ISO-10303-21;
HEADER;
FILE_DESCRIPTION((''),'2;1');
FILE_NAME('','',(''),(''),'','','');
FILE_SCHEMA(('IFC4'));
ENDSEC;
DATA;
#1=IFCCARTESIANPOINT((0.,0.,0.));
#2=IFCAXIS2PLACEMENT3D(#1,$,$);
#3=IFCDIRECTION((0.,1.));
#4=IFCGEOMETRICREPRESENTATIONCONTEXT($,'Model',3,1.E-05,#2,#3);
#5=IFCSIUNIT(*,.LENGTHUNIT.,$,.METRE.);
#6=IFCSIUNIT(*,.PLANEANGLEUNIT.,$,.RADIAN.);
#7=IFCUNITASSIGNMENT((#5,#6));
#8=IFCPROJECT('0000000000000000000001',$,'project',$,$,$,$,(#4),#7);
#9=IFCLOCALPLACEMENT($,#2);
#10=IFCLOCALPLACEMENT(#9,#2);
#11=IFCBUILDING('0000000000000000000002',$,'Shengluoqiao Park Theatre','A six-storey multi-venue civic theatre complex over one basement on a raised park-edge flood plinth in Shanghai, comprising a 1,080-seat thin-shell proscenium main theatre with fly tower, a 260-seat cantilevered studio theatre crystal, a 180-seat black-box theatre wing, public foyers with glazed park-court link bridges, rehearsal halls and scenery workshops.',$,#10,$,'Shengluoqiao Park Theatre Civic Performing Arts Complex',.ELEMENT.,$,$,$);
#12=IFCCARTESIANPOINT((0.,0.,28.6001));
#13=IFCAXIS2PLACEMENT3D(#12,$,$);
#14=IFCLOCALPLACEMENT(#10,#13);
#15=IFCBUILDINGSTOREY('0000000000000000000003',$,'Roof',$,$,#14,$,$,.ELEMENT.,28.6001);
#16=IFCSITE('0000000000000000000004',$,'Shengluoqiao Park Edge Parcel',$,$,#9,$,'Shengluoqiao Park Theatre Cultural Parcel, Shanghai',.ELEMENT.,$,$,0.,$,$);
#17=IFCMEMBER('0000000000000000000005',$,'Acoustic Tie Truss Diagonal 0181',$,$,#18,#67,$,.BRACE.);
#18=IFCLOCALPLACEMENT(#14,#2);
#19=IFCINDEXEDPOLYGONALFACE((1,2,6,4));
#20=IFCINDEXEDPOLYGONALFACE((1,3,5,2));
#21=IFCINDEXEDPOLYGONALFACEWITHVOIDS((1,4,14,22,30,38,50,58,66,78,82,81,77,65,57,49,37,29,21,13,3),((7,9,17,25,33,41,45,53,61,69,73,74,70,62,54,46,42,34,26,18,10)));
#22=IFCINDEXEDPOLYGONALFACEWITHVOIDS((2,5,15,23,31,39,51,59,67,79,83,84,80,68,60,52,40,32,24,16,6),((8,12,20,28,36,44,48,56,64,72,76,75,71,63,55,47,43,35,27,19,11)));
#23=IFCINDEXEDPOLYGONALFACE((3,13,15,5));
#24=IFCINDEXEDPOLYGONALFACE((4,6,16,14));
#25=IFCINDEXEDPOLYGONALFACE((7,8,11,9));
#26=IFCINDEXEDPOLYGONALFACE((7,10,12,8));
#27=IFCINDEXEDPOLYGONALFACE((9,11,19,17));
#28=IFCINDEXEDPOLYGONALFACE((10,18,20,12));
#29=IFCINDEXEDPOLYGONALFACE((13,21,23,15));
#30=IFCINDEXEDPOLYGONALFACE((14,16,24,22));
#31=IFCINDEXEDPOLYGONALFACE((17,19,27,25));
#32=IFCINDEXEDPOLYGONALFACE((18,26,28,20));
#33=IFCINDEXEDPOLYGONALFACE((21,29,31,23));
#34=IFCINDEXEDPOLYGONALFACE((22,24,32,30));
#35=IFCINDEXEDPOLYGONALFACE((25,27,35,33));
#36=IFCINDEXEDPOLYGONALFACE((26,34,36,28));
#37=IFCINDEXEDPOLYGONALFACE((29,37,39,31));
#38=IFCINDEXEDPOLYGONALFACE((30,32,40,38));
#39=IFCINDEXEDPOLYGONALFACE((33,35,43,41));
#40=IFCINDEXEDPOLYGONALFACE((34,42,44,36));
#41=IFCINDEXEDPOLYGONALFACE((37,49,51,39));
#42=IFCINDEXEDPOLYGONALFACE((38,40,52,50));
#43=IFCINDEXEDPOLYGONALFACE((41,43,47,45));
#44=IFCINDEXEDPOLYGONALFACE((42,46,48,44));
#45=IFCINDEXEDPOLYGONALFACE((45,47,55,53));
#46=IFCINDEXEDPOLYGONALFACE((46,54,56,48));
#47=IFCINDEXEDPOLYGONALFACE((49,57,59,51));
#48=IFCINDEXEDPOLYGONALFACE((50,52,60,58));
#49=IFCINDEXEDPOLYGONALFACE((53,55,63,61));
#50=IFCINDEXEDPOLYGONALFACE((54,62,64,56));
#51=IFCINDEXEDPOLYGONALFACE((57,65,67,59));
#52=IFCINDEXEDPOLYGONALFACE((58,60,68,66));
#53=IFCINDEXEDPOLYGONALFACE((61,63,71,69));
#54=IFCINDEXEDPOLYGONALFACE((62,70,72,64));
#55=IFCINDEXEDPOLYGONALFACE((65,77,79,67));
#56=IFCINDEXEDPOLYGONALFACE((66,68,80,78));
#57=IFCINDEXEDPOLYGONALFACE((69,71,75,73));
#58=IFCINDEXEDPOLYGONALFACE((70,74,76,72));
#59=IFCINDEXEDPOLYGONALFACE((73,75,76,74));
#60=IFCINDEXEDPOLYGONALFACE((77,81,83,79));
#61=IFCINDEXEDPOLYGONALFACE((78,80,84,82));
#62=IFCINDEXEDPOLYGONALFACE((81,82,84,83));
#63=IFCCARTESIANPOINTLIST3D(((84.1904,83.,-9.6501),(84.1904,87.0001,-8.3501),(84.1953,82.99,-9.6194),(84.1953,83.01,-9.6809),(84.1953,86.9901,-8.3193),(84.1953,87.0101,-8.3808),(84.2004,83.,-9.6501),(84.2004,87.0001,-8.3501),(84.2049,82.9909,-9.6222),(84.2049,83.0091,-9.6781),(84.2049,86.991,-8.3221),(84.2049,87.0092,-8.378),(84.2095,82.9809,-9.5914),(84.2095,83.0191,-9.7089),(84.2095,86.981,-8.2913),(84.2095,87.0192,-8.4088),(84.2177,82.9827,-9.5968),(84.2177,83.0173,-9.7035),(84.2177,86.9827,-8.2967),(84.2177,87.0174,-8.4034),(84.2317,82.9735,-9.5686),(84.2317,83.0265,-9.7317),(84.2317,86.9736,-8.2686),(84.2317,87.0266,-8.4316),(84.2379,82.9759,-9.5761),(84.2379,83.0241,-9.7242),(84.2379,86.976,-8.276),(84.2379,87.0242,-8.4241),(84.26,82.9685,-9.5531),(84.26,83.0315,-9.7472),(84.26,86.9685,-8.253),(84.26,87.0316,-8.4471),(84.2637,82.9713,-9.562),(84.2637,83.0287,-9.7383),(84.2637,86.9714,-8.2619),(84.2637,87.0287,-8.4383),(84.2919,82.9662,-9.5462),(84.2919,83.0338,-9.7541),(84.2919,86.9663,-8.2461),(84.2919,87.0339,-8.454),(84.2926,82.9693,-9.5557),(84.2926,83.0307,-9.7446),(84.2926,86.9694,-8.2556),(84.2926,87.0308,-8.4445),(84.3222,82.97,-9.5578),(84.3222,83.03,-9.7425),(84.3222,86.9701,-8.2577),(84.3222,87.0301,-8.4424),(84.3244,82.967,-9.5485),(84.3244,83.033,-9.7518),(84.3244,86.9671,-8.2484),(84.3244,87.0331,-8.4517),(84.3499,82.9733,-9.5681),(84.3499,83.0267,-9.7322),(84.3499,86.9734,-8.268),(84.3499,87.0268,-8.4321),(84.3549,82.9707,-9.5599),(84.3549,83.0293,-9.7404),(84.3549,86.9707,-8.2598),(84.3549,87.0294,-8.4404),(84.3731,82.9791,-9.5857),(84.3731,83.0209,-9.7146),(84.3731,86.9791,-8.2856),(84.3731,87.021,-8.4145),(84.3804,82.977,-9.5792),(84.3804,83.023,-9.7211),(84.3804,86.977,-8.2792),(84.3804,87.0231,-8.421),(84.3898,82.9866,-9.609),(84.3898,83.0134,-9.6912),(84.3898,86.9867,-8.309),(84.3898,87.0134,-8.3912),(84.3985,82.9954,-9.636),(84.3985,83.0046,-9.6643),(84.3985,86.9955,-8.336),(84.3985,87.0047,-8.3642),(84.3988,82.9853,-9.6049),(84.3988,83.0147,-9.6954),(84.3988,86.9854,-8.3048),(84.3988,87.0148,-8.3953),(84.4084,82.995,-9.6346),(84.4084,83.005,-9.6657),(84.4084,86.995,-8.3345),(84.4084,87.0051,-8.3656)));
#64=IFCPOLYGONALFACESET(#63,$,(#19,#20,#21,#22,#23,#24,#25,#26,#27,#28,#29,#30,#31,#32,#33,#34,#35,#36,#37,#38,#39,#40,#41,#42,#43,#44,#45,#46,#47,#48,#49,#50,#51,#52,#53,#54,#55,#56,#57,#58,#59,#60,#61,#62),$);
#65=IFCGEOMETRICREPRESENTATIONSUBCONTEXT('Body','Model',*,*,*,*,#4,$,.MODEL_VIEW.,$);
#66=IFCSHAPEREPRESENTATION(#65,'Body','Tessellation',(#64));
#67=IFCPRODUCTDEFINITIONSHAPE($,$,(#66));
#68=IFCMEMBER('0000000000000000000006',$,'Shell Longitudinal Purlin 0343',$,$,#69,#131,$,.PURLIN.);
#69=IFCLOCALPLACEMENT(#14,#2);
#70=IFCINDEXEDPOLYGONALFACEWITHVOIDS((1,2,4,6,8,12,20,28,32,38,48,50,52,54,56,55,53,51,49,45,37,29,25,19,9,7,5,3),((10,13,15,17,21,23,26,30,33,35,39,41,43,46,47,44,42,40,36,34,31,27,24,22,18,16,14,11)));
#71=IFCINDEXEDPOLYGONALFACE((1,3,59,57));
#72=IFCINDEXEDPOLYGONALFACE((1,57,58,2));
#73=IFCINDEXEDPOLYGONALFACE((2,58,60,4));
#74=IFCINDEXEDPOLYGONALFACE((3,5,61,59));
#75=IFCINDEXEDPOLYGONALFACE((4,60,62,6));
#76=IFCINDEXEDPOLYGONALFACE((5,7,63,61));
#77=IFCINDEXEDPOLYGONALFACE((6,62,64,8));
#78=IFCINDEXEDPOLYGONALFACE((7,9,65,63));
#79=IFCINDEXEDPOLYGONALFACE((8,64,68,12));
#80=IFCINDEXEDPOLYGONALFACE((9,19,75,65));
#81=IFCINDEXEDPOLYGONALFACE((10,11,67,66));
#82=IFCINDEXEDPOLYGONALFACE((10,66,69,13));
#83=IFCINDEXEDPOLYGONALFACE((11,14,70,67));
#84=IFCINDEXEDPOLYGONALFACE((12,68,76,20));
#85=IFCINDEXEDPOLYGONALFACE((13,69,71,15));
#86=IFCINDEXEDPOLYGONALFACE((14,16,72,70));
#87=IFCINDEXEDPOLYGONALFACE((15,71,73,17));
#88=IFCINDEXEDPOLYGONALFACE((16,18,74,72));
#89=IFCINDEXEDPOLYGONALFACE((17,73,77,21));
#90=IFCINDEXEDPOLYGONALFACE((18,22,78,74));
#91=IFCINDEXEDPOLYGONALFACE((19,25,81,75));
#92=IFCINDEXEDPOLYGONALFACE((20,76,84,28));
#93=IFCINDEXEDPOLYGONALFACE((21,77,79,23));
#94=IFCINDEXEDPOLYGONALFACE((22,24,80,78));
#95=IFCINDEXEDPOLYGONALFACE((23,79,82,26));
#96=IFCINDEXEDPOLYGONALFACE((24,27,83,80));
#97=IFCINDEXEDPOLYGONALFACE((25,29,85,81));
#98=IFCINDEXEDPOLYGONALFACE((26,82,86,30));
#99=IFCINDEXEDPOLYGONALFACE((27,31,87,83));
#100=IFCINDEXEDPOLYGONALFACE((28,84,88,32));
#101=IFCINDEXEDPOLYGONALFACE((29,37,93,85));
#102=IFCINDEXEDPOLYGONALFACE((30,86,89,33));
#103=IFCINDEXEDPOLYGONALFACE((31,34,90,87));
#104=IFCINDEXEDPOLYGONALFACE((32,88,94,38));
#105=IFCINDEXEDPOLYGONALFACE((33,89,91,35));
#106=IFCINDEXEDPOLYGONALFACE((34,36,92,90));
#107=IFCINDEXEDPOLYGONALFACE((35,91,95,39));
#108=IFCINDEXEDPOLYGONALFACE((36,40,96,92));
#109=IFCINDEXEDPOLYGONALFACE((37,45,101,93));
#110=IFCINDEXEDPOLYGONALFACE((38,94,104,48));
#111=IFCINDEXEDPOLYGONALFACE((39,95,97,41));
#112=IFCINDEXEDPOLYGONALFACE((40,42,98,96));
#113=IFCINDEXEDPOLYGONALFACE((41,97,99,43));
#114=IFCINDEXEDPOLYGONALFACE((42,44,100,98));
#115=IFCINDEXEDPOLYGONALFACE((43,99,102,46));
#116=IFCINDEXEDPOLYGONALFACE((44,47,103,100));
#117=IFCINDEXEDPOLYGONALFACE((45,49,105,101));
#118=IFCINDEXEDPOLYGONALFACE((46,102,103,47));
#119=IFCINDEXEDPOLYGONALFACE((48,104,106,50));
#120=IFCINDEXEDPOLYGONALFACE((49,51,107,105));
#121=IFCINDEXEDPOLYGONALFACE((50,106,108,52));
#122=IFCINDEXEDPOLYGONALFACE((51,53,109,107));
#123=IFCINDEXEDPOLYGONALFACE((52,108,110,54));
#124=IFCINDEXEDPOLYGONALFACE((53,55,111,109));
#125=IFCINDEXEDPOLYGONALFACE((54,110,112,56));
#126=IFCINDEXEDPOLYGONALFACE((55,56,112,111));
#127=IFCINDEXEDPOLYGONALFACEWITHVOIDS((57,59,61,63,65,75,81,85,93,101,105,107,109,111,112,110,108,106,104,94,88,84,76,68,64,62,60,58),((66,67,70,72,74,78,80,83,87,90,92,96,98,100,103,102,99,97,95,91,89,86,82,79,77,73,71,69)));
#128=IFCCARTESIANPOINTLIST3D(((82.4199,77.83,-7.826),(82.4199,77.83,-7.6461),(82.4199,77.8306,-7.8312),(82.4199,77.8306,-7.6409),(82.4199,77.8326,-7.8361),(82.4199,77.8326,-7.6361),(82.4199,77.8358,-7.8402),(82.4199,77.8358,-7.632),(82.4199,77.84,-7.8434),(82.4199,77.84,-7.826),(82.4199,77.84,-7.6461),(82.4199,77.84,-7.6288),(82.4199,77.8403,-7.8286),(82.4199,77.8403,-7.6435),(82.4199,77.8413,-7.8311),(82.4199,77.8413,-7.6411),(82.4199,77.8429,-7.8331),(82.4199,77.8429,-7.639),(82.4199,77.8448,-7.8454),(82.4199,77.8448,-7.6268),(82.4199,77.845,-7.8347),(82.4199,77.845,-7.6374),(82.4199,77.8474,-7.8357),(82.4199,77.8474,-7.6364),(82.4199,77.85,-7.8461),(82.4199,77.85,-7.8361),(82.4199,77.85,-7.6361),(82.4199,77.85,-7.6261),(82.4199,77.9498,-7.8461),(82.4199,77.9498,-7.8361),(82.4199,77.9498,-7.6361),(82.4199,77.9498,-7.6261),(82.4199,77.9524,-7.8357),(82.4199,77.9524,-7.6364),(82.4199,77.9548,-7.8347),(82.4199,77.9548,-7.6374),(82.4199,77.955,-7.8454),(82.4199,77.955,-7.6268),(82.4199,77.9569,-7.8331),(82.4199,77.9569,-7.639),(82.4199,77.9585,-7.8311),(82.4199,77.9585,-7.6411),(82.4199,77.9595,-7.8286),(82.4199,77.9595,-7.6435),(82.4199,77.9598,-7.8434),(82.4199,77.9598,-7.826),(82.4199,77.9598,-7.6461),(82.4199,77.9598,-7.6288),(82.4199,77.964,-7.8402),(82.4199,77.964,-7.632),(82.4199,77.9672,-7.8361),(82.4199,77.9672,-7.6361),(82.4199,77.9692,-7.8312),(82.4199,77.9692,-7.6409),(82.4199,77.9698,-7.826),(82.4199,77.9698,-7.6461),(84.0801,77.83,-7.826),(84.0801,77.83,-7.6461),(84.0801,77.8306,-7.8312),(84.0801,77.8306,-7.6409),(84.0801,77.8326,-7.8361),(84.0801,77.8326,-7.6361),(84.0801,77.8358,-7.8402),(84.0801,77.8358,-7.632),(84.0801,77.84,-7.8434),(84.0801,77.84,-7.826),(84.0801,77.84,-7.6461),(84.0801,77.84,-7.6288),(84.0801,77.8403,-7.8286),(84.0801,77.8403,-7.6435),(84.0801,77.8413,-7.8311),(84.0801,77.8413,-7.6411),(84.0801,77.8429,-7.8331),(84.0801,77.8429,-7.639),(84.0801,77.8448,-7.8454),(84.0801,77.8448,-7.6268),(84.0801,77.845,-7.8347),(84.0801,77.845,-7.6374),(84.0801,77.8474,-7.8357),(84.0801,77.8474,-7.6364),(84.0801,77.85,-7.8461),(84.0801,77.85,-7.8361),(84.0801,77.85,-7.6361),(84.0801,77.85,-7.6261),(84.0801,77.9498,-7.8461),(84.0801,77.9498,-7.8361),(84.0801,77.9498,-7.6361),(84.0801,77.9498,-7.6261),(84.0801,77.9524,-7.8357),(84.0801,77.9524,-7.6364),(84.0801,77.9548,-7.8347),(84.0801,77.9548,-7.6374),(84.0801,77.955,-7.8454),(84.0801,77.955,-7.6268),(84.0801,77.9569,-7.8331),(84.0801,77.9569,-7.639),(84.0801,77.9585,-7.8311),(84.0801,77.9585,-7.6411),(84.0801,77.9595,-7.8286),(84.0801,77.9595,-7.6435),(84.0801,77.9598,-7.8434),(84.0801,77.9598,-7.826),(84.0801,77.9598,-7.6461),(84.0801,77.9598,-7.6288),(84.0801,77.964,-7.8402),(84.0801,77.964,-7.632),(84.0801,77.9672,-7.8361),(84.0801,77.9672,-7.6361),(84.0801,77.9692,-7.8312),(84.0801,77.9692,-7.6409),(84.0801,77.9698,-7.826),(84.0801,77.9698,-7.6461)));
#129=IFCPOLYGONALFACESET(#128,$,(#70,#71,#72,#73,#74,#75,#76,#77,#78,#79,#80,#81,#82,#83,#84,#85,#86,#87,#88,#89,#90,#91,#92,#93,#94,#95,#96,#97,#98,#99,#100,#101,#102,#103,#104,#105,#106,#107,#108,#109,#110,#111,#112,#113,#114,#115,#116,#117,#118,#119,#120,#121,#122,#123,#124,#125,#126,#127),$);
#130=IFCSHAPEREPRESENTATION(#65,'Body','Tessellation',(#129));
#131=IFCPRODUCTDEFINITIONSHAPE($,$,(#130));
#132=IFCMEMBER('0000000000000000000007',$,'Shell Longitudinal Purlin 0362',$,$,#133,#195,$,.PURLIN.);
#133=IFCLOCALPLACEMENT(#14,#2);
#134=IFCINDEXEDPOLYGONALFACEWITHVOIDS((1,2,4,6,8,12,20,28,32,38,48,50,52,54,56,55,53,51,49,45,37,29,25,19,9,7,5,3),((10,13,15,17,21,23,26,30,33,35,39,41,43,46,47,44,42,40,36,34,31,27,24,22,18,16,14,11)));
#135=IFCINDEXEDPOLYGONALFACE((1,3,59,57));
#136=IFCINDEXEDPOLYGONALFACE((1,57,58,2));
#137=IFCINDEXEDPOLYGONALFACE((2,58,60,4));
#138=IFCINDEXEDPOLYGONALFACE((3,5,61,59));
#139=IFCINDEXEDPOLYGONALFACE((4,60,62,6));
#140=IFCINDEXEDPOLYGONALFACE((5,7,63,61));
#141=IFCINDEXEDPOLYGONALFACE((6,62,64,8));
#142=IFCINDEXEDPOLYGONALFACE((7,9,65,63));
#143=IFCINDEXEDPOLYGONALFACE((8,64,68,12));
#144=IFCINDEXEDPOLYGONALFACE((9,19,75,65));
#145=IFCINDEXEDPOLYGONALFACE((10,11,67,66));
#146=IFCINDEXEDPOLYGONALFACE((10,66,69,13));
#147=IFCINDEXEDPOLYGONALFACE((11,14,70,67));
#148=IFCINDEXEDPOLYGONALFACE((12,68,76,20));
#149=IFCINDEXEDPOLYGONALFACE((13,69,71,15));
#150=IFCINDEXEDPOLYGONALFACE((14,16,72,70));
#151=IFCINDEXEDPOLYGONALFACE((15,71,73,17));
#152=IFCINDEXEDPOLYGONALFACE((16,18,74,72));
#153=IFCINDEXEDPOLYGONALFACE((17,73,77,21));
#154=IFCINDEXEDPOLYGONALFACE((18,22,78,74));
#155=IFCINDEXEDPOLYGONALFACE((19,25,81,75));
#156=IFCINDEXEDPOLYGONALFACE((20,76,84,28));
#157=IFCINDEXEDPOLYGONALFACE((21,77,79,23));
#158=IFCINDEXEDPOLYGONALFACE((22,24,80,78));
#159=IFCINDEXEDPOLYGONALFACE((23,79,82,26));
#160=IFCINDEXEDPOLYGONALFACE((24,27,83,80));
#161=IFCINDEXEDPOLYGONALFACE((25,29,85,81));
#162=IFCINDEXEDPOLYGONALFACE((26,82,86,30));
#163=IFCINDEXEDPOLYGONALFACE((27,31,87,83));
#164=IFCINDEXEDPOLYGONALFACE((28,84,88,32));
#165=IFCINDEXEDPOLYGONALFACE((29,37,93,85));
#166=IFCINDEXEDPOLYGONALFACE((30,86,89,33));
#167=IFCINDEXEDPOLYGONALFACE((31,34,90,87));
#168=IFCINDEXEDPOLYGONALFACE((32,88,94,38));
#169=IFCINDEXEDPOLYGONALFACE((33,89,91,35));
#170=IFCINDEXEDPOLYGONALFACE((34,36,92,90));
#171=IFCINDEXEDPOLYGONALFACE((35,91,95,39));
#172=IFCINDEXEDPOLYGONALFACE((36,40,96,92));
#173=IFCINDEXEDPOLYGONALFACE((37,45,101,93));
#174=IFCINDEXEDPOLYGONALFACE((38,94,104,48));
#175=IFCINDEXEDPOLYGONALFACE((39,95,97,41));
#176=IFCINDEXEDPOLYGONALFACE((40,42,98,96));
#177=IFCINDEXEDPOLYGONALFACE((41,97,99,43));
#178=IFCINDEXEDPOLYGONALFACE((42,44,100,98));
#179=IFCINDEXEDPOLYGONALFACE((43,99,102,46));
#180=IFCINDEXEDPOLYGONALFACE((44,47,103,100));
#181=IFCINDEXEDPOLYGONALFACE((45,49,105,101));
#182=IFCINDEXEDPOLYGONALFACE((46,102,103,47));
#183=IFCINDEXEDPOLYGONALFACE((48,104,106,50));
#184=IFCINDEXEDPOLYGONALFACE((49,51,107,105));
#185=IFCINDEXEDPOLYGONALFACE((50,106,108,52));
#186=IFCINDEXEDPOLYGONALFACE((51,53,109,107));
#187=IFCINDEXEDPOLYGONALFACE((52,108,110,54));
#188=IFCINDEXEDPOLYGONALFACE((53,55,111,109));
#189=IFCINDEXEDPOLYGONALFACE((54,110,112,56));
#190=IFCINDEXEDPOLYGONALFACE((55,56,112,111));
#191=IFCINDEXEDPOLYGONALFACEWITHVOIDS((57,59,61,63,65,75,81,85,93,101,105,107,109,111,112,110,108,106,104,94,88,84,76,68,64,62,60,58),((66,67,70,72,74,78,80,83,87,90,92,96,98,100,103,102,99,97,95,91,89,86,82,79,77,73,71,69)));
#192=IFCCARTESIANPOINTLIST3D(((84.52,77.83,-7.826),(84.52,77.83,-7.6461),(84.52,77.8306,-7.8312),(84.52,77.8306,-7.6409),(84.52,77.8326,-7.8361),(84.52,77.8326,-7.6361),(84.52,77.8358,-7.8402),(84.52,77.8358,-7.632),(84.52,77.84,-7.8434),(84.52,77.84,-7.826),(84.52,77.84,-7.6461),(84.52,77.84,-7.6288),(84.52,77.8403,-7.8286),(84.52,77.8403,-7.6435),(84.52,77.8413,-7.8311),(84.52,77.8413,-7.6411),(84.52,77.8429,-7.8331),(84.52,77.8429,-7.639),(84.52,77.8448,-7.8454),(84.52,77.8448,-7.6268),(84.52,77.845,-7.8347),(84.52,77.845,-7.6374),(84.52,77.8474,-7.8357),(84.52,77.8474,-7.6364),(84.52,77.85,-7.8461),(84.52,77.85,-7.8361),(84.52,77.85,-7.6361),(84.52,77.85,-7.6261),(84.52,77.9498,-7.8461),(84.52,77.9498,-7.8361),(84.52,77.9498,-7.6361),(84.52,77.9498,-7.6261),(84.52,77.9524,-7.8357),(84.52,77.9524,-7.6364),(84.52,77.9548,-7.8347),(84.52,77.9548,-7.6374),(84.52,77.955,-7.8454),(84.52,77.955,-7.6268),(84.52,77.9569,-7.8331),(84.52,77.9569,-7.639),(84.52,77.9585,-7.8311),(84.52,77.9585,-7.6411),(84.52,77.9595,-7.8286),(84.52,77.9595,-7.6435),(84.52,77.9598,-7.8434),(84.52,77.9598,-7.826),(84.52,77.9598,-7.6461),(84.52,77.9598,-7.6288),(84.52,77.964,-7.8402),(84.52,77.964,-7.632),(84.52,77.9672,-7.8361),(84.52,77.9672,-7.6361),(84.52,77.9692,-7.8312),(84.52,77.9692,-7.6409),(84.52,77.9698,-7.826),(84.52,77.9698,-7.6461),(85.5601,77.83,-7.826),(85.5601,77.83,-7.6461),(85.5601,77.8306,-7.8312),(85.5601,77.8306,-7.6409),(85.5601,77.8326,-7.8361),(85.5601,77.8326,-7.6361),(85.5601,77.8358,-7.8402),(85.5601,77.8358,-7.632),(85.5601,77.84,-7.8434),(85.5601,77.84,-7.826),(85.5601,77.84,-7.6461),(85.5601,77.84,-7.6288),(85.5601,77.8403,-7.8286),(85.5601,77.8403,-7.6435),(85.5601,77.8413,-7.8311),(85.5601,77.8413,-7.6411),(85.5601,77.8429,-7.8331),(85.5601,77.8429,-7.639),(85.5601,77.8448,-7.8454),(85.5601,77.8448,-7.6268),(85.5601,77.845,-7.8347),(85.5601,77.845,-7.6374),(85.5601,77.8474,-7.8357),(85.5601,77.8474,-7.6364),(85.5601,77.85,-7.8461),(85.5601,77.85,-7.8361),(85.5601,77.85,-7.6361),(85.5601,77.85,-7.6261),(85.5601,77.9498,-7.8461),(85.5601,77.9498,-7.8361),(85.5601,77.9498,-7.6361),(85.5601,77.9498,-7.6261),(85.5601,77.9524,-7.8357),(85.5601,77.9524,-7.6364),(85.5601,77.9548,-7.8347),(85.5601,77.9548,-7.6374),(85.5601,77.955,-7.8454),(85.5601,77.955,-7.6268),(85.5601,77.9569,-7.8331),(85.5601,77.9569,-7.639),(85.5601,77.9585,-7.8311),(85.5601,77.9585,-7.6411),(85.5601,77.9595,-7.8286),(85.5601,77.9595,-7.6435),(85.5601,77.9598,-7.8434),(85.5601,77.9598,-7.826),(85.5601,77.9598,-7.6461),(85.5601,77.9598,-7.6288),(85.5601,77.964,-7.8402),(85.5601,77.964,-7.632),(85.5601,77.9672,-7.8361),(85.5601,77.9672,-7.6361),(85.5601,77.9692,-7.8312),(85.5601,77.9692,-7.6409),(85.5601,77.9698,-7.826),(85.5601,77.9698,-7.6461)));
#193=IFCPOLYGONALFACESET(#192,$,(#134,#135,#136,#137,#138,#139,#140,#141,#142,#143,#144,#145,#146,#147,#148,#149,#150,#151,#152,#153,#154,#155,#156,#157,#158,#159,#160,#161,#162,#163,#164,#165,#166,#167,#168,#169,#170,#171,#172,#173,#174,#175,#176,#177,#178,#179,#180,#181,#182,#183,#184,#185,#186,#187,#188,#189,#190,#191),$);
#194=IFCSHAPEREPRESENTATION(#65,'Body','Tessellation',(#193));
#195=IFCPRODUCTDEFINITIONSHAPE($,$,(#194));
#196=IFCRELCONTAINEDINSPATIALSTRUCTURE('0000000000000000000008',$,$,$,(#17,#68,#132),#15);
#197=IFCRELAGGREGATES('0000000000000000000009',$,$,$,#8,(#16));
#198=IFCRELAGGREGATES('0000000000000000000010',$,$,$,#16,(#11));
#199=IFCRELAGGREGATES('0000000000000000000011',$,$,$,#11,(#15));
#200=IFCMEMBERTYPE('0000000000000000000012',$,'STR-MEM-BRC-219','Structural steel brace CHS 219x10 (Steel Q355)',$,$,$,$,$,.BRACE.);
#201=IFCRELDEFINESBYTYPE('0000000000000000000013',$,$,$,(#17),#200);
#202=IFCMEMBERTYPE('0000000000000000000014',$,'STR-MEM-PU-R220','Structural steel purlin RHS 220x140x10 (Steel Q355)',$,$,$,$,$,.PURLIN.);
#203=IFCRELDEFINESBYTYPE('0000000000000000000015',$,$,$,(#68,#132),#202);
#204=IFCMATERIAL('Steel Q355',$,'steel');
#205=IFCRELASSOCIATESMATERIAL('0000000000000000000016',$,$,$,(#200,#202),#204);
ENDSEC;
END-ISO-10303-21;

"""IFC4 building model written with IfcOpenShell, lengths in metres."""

from ifc_helpers import new_model, si_unit, direction, frame, origin, origin_2d, place, context, subcontext, project, spatial, hollow_rectangle, hollow_circle, extrude, material, material_profile, profile_set, type_object, element, save


model = new_model("IFC4")

# Units and contexts
model_context = context("Model", 3, precision=1e-05, world=origin(), true_north=direction((0.0, 1.0)))
body_context = subcontext(model_context, "Body", "Model", "MODEL_VIEW")
ifc_project = project(units=[si_unit("LENGTHUNIT", "METRE"), si_unit("PLANEANGLEUNIT", "RADIAN")], contexts=[model_context])

# Site, building, storey
site_placement = place(None, origin())
site = spatial("IfcSite", under=ifc_project, at=site_placement, Name="Shengluoqiao Park Edge Parcel", LongName="Shengluoqiao Park Theatre Cultural Parcel, Shanghai", CompositionType="ELEMENT", RefElevation=0.0)
building_placement = place(site_placement, origin())
building = spatial("IfcBuilding", under=site, at=building_placement, Name="Shengluoqiao Park Theatre", Description="A six-storey multi-venue civic theatre complex over one basement on a raised park-edge flood plinth in Shanghai, comprising a 1,080-seat thin-shell proscenium main theatre with fly tower, a 260-seat cantilevered studio theatre crystal, a 180-seat black-box theatre wing, public foyers with glazed park-court link bridges, rehearsal halls and scenery workshops.", LongName="Shengluoqiao Park Theatre Civic Performing Arts Complex", CompositionType="ELEMENT")
storey_placement = place(building_placement, frame((0.0, 0.0, 28.6001)))
storey = spatial("IfcBuildingStorey", under=building, at=storey_placement, Name="Roof", CompositionType="ELEMENT", Elevation=28.6001)

# Shared definitions
ifc_material_1 = material(Name="Steel Q355", Category="steel")

# Members
ifc_material_profile_1 = material_profile(ifc_material_1, hollow_circle(Radius=0.1096, WallThickness=0.01, at=origin_2d()), Name="CHS 219x10")
ifc_profile_set_1 = profile_set([ifc_material_profile_1], Name="Steel Q355")
member_type_1 = type_object("IfcMemberType", Name="STR-MEM-BRC-219", Description="Structural steel brace CHS 219x10 (Steel Q355)", PredefinedType="BRACE", material=ifc_profile_set_1)
for number, where, z_axis, x_axis, name in (
    (1, (84.3, 83.0, -9.6501), (0.0, 0.951031, 0.309097), (-1.0, 0.0, 0.0), "Acoustic Tie Truss Diagonal 0181"),
):
    element("IfcMember", number, at=place(storey_placement, frame(where, z_axis=z_axis, x_axis=x_axis)), inside=storey, type_object=member_type_1, Name=name, PredefinedType="BRACE", context=body_context, shape_type="SweptSolid", body=[
        extrude(hollow_circle(Radius=0.1096, WallThickness=0.01, at=origin_2d()), origin(), (0.0, 0.0, 1.0), 4.2061),
    ])
ifc_material_profile_2 = material_profile(ifc_material_1, hollow_rectangle(XDim=0.1399, YDim=0.22, WallThickness=0.01, InnerFilletRadius=0.01, OuterFilletRadius=0.02, at=origin_2d()), Name="RHS 220x140x10")
ifc_profile_set_2 = profile_set([ifc_material_profile_2], Name="Steel Q355")
member_type_2 = type_object("IfcMemberType", Name="STR-MEM-PU-R220", Description="Structural steel purlin RHS 220x140x10 (Steel Q355)", PredefinedType="PURLIN", material=ifc_profile_set_2)
member_1_placement = place(storey_placement, frame((82.4199, 77.8999, -7.7361), z_axis=(1.0, 0.0, 0.0), x_axis=(0.0, 1.0, 0.0)))
element("IfcMember", 2, at=member_1_placement, inside=storey, type_object=member_type_2, Name="Shell Longitudinal Purlin 0343", PredefinedType="PURLIN", context=body_context, shape_type="SweptSolid", body=[
    extrude(hollow_rectangle(XDim=0.1399, YDim=0.22, WallThickness=0.01, InnerFilletRadius=0.01, OuterFilletRadius=0.02, at=origin_2d()), origin(), (0.0, 0.0, 1.0), 1.6602),
])
member_2_placement = place(storey_placement, frame((84.52, 77.8999, -7.7361), z_axis=(1.0, 0.0, 0.0), x_axis=(0.0, 1.0, 0.0)))
element("IfcMember", 3, at=member_2_placement, inside=storey, type_object=member_type_2, Name="Shell Longitudinal Purlin 0362", PredefinedType="PURLIN", context=body_context, shape_type="SweptSolid", body=[
    extrude(hollow_rectangle(XDim=0.1399, YDim=0.22, WallThickness=0.01, InnerFilletRadius=0.01, OuterFilletRadius=0.02, at=origin_2d()), origin(), (0.0, 0.0, 1.0), 1.04),
])

save(model, "model.ifc")
